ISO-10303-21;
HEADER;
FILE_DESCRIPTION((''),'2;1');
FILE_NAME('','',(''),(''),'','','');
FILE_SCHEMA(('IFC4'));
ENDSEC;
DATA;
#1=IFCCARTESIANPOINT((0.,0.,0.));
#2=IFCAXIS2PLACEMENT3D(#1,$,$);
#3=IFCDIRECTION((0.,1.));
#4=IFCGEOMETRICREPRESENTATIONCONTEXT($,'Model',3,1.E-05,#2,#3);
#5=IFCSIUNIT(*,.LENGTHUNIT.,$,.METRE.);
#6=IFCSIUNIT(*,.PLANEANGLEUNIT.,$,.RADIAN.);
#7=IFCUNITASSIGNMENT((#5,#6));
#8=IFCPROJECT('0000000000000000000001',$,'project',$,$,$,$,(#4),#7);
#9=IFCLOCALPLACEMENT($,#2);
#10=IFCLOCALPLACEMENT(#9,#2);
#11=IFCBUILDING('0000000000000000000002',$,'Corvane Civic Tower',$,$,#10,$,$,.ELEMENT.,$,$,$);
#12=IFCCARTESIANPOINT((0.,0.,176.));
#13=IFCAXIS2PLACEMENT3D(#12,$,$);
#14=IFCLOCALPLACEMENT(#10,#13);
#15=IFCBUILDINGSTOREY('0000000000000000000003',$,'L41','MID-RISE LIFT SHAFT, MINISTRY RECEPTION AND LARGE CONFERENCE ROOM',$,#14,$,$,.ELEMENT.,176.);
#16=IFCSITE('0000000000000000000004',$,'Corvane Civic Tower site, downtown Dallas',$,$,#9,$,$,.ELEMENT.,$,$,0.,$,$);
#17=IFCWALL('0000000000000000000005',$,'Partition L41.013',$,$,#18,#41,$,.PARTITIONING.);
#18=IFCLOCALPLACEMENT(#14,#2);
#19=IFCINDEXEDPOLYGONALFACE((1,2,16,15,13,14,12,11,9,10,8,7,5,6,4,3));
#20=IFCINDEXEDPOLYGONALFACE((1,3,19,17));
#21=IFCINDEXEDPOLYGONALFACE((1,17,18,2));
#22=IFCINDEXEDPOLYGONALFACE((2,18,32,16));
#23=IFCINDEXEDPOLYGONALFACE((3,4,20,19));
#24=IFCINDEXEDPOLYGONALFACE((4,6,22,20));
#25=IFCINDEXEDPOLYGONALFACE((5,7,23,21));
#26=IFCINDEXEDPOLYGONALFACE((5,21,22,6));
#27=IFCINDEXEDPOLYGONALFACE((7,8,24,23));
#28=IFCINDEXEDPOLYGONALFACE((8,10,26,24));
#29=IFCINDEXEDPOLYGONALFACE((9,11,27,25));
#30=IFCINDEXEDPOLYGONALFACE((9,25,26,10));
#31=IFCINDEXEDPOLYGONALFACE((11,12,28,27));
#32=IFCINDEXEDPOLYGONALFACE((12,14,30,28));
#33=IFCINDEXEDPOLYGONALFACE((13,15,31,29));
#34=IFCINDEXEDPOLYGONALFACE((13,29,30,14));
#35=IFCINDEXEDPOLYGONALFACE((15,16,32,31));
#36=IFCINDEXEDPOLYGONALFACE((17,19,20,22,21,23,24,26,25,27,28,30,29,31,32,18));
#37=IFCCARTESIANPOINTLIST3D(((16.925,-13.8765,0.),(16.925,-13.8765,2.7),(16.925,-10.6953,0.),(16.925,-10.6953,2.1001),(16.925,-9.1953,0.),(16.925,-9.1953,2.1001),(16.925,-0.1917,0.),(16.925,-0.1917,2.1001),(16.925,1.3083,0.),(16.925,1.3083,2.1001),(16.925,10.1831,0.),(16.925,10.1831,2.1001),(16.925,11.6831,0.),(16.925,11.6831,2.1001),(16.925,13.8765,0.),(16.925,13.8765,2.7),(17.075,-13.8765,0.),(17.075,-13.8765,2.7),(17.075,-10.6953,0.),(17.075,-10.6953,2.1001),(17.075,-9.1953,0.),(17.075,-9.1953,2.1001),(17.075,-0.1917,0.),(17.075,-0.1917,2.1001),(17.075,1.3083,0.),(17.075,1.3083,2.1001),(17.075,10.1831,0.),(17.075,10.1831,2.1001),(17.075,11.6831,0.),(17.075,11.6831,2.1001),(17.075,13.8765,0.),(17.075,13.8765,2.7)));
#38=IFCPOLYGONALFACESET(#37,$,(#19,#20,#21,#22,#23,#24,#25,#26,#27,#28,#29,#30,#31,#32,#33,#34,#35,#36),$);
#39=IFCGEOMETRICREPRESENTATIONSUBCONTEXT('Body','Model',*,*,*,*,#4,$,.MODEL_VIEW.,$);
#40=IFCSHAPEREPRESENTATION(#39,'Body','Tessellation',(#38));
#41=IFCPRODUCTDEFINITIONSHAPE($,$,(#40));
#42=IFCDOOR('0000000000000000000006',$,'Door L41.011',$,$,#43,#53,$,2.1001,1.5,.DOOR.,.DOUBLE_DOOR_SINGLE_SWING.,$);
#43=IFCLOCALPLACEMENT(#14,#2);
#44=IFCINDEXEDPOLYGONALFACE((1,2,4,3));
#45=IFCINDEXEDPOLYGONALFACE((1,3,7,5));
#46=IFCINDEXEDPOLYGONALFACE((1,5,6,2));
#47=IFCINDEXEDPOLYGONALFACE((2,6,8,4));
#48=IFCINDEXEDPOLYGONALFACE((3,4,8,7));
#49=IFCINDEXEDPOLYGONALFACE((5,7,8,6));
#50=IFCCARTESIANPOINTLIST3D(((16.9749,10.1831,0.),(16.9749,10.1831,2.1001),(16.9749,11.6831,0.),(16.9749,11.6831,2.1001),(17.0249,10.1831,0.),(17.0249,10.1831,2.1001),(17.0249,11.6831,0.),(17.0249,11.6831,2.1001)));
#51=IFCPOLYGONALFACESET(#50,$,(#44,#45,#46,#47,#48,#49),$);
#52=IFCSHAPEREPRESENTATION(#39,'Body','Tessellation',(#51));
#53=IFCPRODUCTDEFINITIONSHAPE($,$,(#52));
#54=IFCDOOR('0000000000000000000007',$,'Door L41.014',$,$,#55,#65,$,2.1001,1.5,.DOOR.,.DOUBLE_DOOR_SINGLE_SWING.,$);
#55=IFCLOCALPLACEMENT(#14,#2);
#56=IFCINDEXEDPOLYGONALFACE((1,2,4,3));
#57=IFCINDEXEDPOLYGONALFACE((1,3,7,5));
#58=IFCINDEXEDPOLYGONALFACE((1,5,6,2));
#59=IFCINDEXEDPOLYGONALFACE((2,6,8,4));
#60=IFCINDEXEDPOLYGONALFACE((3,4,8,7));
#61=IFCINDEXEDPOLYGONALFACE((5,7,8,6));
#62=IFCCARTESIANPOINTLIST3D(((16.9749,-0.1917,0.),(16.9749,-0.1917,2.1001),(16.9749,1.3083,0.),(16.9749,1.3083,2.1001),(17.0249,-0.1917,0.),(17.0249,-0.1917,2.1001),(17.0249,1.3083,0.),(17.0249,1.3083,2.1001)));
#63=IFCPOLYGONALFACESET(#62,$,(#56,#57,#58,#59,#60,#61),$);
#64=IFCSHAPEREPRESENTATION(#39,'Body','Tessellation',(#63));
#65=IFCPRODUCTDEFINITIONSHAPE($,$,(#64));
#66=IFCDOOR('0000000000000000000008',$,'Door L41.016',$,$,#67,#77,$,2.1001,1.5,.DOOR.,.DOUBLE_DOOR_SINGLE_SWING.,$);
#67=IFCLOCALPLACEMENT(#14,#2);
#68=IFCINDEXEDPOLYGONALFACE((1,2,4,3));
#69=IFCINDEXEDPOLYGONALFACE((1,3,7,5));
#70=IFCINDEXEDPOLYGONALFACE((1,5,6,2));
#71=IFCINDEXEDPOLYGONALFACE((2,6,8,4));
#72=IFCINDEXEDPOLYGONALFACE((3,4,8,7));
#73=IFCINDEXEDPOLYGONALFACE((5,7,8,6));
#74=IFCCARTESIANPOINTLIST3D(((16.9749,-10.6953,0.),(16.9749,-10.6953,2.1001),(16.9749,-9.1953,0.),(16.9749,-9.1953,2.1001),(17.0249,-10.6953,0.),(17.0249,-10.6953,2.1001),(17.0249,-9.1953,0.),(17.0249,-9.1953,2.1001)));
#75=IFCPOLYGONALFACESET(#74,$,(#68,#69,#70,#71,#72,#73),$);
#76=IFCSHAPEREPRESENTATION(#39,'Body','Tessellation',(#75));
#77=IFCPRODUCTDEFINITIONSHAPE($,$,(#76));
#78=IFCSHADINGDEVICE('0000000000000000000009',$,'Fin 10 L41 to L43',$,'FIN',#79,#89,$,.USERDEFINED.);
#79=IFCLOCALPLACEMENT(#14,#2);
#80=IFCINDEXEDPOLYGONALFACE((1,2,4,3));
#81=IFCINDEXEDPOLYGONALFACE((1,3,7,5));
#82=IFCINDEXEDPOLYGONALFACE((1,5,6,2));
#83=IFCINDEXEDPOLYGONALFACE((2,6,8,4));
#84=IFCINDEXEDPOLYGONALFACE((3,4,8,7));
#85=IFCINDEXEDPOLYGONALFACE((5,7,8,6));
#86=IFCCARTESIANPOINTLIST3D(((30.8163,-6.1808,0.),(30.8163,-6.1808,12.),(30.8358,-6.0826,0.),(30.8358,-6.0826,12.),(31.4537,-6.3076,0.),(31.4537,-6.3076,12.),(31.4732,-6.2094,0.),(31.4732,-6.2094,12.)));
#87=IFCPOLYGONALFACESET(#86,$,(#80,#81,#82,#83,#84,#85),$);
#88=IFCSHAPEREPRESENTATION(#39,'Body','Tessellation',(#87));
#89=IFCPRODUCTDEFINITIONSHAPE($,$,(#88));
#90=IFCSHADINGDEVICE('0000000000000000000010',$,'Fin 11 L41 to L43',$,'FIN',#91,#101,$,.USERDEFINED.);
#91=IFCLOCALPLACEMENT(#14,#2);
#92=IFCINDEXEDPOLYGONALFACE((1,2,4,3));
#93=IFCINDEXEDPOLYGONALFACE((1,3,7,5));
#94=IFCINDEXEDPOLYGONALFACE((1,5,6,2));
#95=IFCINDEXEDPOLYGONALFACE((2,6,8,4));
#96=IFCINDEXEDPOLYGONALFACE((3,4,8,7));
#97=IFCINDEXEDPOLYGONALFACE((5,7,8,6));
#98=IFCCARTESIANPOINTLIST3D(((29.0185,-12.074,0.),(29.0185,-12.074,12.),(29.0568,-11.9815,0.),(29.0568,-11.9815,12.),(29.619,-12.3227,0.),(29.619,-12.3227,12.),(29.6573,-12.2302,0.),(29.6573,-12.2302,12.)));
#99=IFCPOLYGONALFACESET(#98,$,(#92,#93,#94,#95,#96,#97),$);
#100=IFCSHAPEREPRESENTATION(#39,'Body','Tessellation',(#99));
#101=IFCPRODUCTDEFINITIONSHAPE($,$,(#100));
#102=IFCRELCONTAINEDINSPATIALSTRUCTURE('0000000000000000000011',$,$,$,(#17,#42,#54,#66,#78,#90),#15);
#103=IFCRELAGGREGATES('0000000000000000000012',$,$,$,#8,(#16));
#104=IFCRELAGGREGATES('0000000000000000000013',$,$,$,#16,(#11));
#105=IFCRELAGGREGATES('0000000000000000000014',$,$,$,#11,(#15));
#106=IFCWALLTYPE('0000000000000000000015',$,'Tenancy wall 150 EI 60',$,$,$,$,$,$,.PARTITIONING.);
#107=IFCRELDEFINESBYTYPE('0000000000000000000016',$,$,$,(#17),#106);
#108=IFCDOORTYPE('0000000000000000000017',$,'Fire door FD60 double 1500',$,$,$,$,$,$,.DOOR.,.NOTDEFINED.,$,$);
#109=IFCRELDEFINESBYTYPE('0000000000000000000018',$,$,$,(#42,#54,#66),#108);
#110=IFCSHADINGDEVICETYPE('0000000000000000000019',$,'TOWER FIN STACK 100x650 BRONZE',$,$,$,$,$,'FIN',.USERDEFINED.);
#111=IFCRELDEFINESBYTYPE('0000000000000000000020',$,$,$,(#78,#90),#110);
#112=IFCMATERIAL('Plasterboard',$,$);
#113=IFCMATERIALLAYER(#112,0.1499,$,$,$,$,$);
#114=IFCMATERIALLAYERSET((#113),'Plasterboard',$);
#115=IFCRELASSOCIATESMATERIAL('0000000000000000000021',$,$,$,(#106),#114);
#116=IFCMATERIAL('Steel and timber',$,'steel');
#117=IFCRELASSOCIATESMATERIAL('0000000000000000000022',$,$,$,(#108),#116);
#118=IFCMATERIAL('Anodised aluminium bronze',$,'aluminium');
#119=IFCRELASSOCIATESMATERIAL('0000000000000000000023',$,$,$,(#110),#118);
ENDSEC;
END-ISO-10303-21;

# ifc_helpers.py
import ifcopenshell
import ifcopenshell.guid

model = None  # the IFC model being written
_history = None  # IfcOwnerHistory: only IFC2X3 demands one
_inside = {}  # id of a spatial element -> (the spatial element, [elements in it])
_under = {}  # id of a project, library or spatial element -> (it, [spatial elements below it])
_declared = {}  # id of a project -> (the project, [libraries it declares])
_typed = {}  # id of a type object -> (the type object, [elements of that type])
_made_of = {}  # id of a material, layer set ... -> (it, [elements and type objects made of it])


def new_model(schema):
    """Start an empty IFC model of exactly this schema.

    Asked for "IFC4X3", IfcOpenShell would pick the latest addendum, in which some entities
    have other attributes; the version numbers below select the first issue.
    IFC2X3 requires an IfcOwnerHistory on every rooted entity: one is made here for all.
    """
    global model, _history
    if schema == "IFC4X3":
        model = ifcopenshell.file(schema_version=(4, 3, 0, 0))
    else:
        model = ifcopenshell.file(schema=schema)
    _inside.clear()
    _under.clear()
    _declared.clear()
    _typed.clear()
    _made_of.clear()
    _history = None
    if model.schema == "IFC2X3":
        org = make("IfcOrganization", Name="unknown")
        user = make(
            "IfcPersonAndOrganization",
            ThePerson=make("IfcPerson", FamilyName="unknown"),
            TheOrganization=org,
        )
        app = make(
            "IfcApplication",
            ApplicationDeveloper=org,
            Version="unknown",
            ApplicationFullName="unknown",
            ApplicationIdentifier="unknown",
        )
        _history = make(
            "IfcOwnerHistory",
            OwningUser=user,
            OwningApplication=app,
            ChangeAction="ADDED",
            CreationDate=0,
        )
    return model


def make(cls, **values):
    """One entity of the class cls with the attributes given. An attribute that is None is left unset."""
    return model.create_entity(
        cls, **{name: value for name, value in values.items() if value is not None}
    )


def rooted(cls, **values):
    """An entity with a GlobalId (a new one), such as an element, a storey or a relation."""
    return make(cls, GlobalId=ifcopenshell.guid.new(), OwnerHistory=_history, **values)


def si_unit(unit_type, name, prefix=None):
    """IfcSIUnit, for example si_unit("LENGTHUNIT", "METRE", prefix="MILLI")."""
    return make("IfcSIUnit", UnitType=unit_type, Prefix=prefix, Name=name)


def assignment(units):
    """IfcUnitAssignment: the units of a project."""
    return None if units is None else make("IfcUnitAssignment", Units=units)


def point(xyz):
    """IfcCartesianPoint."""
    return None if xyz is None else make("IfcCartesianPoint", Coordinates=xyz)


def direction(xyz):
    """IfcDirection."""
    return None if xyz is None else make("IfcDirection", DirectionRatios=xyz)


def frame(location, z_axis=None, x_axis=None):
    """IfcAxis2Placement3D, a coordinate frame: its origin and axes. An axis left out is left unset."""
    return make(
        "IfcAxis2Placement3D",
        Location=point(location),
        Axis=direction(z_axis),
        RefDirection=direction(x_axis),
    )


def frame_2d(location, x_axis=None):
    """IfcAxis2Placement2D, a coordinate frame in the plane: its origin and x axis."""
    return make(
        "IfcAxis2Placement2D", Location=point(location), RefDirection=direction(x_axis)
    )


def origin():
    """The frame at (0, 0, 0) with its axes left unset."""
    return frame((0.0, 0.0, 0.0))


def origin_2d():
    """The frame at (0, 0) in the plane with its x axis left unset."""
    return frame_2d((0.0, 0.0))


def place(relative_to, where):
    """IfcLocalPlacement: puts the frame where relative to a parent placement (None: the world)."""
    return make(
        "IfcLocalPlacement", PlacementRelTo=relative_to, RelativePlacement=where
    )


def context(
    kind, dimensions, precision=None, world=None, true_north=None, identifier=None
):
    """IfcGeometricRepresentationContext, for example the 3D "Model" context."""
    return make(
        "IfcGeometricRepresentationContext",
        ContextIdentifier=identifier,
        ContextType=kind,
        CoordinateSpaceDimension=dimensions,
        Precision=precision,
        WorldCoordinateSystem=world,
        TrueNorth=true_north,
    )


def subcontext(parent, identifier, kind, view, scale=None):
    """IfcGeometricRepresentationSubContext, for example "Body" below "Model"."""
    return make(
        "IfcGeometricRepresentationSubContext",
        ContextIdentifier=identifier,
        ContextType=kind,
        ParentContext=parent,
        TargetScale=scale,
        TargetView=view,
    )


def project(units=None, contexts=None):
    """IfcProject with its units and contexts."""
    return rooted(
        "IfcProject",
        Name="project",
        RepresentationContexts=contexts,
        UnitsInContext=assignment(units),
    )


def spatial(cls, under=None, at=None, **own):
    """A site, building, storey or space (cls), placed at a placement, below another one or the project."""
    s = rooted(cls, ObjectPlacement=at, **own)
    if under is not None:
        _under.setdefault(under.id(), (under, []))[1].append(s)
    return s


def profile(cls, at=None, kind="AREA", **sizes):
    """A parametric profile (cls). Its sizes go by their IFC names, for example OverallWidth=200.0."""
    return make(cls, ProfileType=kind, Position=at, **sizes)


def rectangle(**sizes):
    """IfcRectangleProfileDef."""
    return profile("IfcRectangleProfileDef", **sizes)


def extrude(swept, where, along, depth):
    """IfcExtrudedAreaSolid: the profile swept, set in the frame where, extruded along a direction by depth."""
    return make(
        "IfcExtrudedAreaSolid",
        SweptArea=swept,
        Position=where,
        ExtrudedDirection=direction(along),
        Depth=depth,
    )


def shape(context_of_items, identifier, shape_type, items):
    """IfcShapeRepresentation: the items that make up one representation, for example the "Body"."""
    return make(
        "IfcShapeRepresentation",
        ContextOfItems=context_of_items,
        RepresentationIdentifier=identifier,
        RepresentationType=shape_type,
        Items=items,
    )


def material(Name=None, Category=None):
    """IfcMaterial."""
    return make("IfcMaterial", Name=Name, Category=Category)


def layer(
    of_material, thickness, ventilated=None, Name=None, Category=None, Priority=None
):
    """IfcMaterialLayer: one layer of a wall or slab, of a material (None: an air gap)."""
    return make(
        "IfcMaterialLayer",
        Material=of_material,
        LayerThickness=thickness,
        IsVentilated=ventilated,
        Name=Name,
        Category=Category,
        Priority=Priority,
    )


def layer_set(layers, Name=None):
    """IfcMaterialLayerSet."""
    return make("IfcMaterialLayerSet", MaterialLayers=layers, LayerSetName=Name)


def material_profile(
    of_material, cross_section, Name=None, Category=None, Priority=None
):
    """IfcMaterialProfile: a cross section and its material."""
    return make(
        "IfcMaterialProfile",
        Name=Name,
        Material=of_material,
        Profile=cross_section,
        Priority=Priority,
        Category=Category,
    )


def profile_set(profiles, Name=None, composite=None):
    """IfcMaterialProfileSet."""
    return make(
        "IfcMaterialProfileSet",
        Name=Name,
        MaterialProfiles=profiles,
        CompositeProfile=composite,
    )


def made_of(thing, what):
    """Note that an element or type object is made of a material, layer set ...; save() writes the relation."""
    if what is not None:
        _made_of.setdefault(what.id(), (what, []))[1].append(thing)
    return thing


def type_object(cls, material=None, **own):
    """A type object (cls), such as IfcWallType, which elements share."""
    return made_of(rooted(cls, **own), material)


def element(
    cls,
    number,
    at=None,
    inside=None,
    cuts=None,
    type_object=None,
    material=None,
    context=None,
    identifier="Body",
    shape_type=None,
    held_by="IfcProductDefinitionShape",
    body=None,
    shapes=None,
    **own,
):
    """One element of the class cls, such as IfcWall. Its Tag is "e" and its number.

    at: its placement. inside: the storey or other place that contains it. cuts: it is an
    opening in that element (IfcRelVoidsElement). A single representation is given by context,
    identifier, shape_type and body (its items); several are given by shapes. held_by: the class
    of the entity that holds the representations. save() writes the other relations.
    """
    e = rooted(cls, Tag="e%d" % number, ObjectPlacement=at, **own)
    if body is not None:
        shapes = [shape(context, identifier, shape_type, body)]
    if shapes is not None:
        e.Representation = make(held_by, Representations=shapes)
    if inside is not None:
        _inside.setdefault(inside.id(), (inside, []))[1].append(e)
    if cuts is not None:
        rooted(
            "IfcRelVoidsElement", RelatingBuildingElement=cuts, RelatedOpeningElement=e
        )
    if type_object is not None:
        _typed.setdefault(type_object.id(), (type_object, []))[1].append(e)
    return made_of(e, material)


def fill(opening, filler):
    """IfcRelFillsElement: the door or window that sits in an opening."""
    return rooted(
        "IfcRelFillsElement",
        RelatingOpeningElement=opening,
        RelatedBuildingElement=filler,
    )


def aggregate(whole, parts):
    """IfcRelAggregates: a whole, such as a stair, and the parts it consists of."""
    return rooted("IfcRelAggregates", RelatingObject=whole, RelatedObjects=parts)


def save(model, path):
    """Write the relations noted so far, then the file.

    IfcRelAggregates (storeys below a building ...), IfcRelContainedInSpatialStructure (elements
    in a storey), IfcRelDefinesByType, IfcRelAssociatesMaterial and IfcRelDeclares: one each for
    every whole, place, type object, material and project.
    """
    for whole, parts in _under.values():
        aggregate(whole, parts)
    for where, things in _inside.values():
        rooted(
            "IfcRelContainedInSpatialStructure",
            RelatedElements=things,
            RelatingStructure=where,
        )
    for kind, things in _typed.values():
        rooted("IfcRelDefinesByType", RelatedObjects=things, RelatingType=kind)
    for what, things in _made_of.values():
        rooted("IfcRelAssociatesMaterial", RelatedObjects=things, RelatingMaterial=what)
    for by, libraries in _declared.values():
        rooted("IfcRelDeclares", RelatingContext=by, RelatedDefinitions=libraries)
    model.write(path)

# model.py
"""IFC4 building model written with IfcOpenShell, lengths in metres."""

from ifc_helpers import new_model, si_unit, direction, frame, frame_2d, origin, origin_2d, place, context, subcontext, project, spatial, rectangle, extrude, material, layer, layer_set, material_profile, profile_set, type_object, element, fill, save


model = new_model("IFC4")

# Units and contexts
model_context = context("Model", 3, precision=1e-05, world=origin(), true_north=direction((0.0, 1.0)))
body_context = subcontext(model_context, "Body", "Model", "MODEL_VIEW")
ifc_project = project(units=[si_unit("LENGTHUNIT", "METRE"), si_unit("PLANEANGLEUNIT", "RADIAN")], contexts=[model_context])

# Site, building, storey
site_placement = place(None, origin())
site = spatial("IfcSite", under=ifc_project, at=site_placement, Name="Corvane Civic Tower site, downtown Dallas", CompositionType="ELEMENT", RefElevation=0.0)
building_placement = place(site_placement, origin())
building = spatial("IfcBuilding", under=site, at=building_placement, Name="Corvane Civic Tower", CompositionType="ELEMENT")
storey_placement = place(building_placement, frame((0.0, 0.0, 176.0)))
storey = spatial("IfcBuildingStorey", under=building, at=storey_placement, Name="L41", Description="MID-RISE LIFT SHAFT, MINISTRY RECEPTION AND LARGE CONFERENCE ROOM", CompositionType="ELEMENT", Elevation=176.0)

# Wall, openings, doors
ifc_material_1 = material(Name="Plasterboard")
ifc_layer_1 = layer(ifc_material_1, 0.1499)
ifc_layer_set_1 = layer_set([ifc_layer_1], Name="Plasterboard")
wall_type_1 = type_object("IfcWallType", Name="Tenancy wall 150 EI 60", PredefinedType="PARTITIONING", material=ifc_layer_set_1)
wall_1_placement = place(storey_placement, frame((17.0, -13.8765, 0.0), z_axis=(0.0, 0.0, 1.0), x_axis=(0.0, 1.0, 0.0)))
wall_1 = element("IfcWall", 1, at=wall_1_placement, inside=storey, type_object=wall_type_1, Name="Partition L41.013", PredefinedType="PARTITIONING", context=body_context, shape_type="SweptSolid", body=[
    extrude(rectangle(XDim=27.7529, YDim=0.1499, at=frame_2d((13.8765, 0.0))), origin(), (0.0, 0.0, 1.0), 2.7),
])
opening_1_placement = place(wall_1_placement, frame((24.0596, 0.0, 0.0)))
opening_1 = element("IfcOpeningElement", 2, at=opening_1_placement, cuts=wall_1, PredefinedType="OPENING", context=body_context, shape_type="SweptSolid", body=[
    extrude(rectangle(XDim=1.5, YDim=2.1001, at=frame_2d((0.75, 1.05))), frame((0.0, 0.085, 0.0), z_axis=(0.0, -1.0, 0.0), x_axis=(1.0, 0.0, 0.0)), (0.0, 0.0, 1.0), 0.1699),
])
opening_2_placement = place(wall_1_placement, frame((13.6848, 0.0, 0.0)))
opening_2 = element("IfcOpeningElement", 3, at=opening_2_placement, cuts=wall_1, PredefinedType="OPENING", context=body_context, shape_type="SweptSolid", body=[
    extrude(rectangle(XDim=1.5, YDim=2.1001, at=frame_2d((0.75, 1.05))), frame((0.0, 0.085, 0.0), z_axis=(0.0, -1.0, 0.0), x_axis=(1.0, 0.0, 0.0)), (0.0, 0.0, 1.0), 0.1699),
])
opening_3_placement = place(wall_1_placement, frame((3.1812, 0.0, 0.0)))
opening_3 = element("IfcOpeningElement", 4, at=opening_3_placement, cuts=wall_1, PredefinedType="OPENING", context=body_context, shape_type="SweptSolid", body=[
    extrude(rectangle(XDim=1.5, YDim=2.1001, at=frame_2d((0.75, 1.05))), frame((0.0, 0.085, 0.0), z_axis=(0.0, -1.0, 0.0), x_axis=(1.0, 0.0, 0.0)), (0.0, 0.0, 1.0), 0.1699),
])
ifc_material_2 = material(Name="Steel and timber", Category="steel")
door_type_1 = type_object("IfcDoorType", Name="Fire door FD60 double 1500", OperationType="NOTDEFINED", PredefinedType="DOOR", material=ifc_material_2)
door_1_placement = place(opening_1_placement, frame((1.5, 0.0, 0.0), z_axis=(0.0, 0.0, 1.0), x_axis=(-1.0, 0.0, 0.0)))
door_1 = element("IfcDoor", 5, at=door_1_placement, inside=storey, type_object=door_type_1, Name="Door L41.011", OperationType="DOUBLE_DOOR_SINGLE_SWING", OverallHeight=2.1001, OverallWidth=1.5, PredefinedType="DOOR", context=body_context, shape_type="SweptSolid", body=[
    extrude(rectangle(XDim=1.5, YDim=2.1001, at=frame_2d((0.75, 1.05))), frame((0.0, 0.0249, 0.0), z_axis=(0.0, -1.0, 0.0), x_axis=(1.0, 0.0, 0.0)), (0.0, 0.0, 1.0), 0.05),
])
fill(opening_1, door_1)
door_2_placement = place(opening_2_placement, frame((1.5, 0.0, 0.0), z_axis=(0.0, 0.0, 1.0), x_axis=(-1.0, 0.0, 0.0)))
door_2 = element("IfcDoor", 6, at=door_2_placement, inside=storey, type_object=door_type_1, Name="Door L41.014", OperationType="DOUBLE_DOOR_SINGLE_SWING", OverallHeight=2.1001, OverallWidth=1.5, PredefinedType="DOOR", context=body_context, shape_type="SweptSolid", body=[
    extrude(rectangle(XDim=1.5, YDim=2.1001, at=frame_2d((0.75, 1.05))), frame((0.0, 0.0249, 0.0), z_axis=(0.0, -1.0, 0.0), x_axis=(1.0, 0.0, 0.0)), (0.0, 0.0, 1.0), 0.05),
])
fill(opening_2, door_2)
door_3_placement = place(opening_3_placement, frame((1.5, 0.0, 0.0), z_axis=(0.0, 0.0, 1.0), x_axis=(-1.0, 0.0, 0.0)))
door_3 = element("IfcDoor", 7, at=door_3_placement, inside=storey, type_object=door_type_1, Name="Door L41.016", OperationType="DOUBLE_DOOR_SINGLE_SWING", OverallHeight=2.1001, OverallWidth=1.5, PredefinedType="DOOR", context=body_context, shape_type="SweptSolid", body=[
    extrude(rectangle(XDim=1.5, YDim=2.1001, at=frame_2d((0.75, 1.05))), frame((0.0, 0.0249, 0.0), z_axis=(0.0, -1.0, 0.0), x_axis=(1.0, 0.0, 0.0)), (0.0, 0.0, 1.0), 0.05),
])
fill(opening_3, door_3)

# Shading devices
ifc_material_3 = material(Name="Anodised aluminium bronze", Category="aluminium")
ifc_material_profile_1 = material_profile(ifc_material_3, rectangle(XDim=0.1001, YDim=0.6499, at=origin_2d()), Name="TOWER FIN STACK 100x650 BRONZE")
ifc_profile_set_1 = profile_set([ifc_material_profile_1], Name="Anodised aluminium bronze")
shading_device_type = type_object("IfcShadingDeviceType", Name="TOWER FIN STACK 100x650 BRONZE", ElementType="FIN", PredefinedType="USERDEFINED", material=ifc_profile_set_1)
for number, where, z_axis, x_axis, name in (
    (8, (31.1448, -6.1951, 0.0), (0.0, 0.0, 1.0), (-0.19509, -0.980785, 0.0), "Fin 10 L41 to L43"),
    (9, (29.3379, -12.1521, 0.0), (0.0, 0.0, 1.0), (-0.382683, -0.92388, 0.0), "Fin 11 L41 to L43"),
):
    element("IfcShadingDevice", number, at=place(storey_placement, frame(where, z_axis=z_axis, x_axis=x_axis)), inside=storey, type_object=shading_device_type, Name=name, ObjectType="FIN", PredefinedType="USERDEFINED", context=body_context, shape_type="SweptSolid", body=[
        extrude(rectangle(XDim=0.1001, YDim=0.6499, at=origin_2d()), origin(), (0.0, 0.0, 1.0), 12.0),
    ])

save(model, "model.ifc")
